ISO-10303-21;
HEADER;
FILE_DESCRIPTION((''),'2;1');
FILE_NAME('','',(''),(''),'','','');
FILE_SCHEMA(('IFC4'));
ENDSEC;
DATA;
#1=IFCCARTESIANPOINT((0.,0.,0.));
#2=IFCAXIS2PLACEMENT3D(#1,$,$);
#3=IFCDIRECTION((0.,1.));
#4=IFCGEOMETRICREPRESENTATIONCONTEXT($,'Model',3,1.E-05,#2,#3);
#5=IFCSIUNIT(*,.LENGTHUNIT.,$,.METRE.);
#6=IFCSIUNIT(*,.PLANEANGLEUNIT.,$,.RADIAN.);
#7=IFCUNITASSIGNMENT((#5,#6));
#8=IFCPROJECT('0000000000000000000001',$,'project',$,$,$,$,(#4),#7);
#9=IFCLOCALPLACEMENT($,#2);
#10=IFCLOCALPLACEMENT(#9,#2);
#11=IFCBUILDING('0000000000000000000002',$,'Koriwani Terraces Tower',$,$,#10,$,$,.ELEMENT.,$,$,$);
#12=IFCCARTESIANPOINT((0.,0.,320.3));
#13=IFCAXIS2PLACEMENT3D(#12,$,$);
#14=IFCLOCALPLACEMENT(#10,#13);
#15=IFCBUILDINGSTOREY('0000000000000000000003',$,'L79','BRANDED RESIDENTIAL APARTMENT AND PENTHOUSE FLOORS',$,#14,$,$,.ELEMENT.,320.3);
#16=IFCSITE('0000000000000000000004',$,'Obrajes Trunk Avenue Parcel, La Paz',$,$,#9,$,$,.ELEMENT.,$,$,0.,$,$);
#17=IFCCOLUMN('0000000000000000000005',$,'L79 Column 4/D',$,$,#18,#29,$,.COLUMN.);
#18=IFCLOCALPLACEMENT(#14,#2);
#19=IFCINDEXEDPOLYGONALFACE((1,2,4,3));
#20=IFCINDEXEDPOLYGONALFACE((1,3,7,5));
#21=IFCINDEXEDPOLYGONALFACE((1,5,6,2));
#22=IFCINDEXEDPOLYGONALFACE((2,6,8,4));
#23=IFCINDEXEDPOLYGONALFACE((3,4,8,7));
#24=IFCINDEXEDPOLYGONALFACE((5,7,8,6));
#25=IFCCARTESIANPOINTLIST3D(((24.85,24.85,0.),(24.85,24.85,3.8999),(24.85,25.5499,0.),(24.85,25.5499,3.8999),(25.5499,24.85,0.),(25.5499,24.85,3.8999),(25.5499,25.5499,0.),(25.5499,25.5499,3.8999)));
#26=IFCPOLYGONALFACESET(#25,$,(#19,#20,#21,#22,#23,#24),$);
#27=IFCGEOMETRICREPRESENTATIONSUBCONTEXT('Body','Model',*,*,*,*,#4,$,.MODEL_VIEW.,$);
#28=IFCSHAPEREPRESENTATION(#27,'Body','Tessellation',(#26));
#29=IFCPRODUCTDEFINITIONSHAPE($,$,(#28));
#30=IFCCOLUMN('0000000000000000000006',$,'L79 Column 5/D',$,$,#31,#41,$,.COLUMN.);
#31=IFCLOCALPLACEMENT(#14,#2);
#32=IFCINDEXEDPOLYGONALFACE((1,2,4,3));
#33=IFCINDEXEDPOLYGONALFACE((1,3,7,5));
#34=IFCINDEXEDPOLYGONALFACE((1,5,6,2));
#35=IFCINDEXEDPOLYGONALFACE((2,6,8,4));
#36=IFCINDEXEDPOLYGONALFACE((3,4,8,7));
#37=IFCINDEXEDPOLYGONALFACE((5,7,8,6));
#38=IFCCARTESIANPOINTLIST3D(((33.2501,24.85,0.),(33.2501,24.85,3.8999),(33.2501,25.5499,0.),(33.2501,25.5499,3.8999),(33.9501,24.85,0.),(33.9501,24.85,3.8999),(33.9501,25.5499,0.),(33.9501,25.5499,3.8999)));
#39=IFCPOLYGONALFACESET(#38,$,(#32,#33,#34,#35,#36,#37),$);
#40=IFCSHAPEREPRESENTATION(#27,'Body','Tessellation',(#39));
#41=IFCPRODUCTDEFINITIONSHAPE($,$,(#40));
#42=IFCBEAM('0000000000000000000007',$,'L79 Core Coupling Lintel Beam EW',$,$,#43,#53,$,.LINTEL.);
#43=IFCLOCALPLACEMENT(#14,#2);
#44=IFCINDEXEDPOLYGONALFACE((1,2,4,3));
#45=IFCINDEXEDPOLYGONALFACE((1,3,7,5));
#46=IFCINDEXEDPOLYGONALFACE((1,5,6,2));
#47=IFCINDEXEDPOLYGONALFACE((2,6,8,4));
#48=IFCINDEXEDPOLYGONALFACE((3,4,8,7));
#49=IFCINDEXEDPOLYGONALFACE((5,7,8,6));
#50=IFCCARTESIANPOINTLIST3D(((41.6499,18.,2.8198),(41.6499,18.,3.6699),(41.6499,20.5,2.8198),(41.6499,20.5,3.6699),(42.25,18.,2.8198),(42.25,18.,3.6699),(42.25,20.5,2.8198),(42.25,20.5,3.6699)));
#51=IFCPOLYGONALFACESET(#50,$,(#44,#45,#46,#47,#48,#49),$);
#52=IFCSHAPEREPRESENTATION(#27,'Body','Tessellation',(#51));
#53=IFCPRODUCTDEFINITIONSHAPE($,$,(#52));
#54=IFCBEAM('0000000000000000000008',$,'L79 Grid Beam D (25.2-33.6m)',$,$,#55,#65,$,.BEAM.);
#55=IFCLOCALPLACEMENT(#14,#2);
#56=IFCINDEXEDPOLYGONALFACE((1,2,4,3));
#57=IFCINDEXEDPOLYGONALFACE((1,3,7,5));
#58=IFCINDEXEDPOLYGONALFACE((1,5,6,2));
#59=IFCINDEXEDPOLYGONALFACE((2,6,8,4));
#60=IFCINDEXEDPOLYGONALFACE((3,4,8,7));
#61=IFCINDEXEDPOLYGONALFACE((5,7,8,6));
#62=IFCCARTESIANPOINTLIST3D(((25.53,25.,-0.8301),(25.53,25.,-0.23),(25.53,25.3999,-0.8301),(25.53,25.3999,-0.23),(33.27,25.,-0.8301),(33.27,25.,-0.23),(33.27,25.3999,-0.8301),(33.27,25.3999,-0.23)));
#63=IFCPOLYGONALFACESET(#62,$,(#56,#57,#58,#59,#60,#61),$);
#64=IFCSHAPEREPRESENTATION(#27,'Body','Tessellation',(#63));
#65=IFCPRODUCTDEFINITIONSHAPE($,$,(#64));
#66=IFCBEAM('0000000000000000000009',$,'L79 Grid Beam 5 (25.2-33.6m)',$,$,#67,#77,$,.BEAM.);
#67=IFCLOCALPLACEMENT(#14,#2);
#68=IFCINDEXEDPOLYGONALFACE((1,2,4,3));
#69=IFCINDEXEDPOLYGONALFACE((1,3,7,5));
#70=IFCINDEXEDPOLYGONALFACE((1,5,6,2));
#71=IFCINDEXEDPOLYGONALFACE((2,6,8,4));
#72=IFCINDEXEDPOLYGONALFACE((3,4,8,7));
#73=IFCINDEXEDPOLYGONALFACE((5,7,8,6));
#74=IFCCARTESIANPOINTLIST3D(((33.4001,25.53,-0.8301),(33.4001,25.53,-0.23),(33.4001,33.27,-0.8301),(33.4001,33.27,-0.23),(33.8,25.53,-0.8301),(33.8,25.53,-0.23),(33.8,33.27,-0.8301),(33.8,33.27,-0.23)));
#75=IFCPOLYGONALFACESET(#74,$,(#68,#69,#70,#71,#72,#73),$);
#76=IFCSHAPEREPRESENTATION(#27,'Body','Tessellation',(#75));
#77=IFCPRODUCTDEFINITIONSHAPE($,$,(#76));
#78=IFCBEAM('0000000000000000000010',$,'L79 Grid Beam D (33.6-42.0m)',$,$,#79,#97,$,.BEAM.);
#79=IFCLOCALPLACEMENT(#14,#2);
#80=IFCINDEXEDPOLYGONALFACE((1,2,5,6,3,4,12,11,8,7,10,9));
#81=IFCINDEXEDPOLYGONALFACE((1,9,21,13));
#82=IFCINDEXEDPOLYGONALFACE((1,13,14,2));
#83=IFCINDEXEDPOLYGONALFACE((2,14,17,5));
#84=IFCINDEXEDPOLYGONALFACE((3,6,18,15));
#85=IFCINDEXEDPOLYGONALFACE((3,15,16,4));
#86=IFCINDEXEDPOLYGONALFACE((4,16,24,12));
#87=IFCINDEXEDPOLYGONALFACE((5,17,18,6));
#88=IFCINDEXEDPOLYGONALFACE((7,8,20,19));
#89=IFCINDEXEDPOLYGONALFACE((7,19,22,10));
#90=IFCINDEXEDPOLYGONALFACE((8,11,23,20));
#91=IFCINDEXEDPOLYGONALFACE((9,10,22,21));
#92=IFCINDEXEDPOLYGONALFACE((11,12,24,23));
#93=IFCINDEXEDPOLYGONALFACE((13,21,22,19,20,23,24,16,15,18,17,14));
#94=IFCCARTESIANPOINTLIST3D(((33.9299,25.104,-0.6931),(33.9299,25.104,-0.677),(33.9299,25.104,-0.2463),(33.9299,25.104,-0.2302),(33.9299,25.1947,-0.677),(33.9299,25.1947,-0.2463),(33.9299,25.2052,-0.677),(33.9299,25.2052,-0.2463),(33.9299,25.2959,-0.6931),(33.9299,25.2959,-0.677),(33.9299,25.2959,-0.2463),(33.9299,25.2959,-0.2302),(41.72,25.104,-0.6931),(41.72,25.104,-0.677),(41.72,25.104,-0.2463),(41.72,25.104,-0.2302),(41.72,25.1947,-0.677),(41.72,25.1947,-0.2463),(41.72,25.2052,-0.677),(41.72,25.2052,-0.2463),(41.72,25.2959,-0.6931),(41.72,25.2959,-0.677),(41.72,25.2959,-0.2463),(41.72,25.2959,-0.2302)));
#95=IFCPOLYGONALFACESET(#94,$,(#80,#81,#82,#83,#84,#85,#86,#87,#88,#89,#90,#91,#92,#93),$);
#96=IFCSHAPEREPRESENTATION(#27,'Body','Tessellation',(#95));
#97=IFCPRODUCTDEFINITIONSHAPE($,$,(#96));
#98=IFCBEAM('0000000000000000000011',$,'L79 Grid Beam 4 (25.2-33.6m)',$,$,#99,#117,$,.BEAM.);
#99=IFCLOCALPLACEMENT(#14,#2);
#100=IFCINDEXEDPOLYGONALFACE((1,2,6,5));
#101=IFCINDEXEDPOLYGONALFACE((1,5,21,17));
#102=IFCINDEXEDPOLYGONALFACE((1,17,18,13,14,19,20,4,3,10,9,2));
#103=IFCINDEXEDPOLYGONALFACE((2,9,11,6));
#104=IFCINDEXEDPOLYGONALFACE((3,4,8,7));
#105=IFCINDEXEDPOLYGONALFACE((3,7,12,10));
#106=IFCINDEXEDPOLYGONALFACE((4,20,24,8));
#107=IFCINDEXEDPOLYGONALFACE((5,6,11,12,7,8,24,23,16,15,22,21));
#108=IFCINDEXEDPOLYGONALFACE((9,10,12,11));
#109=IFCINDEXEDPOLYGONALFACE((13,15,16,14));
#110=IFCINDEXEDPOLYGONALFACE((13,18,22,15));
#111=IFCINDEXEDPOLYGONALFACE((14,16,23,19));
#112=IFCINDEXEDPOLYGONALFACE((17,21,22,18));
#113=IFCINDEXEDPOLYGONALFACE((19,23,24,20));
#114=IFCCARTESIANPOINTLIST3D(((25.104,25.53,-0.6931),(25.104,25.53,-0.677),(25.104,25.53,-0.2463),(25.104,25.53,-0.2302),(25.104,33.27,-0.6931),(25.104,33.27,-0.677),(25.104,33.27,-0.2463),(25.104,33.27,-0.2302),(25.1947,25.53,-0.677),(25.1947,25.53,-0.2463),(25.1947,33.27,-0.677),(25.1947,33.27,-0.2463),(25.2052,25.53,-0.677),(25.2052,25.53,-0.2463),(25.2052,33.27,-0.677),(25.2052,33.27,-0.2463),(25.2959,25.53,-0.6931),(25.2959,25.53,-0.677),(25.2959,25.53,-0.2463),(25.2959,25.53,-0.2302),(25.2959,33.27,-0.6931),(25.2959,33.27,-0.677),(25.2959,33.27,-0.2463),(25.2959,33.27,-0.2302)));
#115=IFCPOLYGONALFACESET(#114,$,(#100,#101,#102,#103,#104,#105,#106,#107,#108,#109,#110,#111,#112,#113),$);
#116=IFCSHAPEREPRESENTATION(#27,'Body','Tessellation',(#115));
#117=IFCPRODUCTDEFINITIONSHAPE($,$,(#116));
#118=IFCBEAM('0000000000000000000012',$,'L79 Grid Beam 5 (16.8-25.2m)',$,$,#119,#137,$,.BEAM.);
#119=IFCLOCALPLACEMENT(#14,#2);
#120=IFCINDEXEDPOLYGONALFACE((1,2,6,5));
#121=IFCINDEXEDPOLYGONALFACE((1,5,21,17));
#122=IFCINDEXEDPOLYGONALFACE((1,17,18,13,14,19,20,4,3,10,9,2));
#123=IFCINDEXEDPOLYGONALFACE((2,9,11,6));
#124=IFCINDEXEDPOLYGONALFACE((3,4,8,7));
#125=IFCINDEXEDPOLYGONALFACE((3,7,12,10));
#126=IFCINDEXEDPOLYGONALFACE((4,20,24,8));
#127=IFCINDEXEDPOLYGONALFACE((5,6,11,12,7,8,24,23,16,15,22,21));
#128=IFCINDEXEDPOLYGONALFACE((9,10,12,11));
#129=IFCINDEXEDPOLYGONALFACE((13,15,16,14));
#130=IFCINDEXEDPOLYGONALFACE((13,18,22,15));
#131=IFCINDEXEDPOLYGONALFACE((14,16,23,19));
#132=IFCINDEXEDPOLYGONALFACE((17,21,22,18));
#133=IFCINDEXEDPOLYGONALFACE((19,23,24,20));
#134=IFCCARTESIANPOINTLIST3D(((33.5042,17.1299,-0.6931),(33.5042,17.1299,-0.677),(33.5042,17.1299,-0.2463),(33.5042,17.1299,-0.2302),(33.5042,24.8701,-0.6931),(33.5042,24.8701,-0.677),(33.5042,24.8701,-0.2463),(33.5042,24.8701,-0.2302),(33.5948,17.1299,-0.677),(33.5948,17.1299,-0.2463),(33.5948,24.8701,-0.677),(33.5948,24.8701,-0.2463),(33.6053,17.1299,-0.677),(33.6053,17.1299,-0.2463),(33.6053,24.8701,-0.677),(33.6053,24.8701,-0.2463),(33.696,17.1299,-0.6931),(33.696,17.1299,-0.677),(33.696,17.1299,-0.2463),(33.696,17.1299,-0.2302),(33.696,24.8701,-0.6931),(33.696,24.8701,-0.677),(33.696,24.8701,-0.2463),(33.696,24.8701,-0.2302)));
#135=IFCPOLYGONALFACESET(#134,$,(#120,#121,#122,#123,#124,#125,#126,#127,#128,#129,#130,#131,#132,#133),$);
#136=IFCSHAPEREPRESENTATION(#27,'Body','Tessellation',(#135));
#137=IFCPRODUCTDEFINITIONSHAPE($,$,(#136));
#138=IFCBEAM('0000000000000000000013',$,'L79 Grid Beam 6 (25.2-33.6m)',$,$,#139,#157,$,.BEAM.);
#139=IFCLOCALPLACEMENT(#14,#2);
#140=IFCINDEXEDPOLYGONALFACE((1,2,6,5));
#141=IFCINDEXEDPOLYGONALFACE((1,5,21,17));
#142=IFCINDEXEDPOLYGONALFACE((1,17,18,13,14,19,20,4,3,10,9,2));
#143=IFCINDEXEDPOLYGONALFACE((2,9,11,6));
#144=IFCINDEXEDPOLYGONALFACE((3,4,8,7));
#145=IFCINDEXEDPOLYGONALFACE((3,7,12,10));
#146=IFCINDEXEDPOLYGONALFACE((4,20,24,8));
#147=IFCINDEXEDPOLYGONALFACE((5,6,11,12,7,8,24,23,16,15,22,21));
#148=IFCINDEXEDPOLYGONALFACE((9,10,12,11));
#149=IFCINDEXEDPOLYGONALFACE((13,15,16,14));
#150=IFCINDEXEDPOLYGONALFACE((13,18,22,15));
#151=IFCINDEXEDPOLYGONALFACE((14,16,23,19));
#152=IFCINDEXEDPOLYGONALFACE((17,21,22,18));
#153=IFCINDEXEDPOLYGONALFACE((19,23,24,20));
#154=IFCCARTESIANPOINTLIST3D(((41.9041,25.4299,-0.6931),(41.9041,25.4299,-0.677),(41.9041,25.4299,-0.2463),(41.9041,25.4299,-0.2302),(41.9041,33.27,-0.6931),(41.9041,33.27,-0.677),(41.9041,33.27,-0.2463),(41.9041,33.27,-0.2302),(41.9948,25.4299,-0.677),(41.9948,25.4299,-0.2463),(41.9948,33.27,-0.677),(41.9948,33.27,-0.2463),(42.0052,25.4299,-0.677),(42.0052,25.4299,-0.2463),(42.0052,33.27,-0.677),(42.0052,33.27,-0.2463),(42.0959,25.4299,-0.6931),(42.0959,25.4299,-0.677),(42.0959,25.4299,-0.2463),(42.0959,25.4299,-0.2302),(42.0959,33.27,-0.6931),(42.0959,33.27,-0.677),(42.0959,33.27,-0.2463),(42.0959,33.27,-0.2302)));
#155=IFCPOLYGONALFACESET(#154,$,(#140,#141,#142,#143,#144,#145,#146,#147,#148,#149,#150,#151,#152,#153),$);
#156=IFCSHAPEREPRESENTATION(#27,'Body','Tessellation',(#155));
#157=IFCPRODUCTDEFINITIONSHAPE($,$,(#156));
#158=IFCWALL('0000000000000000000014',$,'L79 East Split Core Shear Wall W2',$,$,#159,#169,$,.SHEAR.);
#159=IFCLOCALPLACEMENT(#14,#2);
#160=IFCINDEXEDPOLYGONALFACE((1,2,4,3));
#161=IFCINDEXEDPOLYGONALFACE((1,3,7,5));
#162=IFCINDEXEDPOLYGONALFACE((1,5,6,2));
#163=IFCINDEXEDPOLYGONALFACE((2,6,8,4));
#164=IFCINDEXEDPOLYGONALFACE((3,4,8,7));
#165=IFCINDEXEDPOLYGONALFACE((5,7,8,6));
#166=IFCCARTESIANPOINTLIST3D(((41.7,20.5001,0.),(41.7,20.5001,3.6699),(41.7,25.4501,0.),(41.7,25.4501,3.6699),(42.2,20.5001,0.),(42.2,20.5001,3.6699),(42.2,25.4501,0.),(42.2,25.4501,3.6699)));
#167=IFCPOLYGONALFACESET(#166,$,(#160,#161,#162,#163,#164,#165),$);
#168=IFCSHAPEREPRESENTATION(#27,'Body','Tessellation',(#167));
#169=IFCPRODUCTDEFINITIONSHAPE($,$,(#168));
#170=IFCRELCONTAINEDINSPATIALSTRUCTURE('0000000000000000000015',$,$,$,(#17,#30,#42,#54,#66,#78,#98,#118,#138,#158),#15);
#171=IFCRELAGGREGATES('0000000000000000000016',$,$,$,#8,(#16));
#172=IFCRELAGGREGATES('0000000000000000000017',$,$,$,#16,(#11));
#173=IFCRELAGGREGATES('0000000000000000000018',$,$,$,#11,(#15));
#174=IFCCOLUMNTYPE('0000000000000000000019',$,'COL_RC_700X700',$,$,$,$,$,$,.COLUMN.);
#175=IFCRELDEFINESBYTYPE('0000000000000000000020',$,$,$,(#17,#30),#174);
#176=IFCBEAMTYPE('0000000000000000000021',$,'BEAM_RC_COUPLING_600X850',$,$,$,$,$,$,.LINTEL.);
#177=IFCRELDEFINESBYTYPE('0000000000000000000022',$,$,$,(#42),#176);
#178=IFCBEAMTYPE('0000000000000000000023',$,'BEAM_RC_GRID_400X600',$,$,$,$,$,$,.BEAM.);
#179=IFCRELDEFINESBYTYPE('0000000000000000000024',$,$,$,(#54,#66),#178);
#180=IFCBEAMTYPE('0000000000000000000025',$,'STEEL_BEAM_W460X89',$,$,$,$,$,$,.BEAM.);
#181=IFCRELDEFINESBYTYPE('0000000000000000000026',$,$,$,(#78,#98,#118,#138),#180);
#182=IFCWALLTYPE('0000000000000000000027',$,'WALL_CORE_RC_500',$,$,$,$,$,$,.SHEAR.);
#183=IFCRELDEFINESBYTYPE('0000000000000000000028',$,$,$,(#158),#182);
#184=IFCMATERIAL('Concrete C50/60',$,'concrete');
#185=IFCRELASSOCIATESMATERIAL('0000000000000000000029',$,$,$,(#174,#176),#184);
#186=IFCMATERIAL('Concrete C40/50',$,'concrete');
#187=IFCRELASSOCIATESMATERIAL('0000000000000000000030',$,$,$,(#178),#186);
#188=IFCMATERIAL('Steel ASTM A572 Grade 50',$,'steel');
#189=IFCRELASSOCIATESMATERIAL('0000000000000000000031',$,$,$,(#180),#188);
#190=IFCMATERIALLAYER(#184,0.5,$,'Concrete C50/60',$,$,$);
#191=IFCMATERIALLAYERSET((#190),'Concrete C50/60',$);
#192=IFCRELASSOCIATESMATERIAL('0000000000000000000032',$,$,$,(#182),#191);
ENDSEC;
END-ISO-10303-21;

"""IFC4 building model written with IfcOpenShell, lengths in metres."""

from ifc_helpers import new_model, si_unit, direction, frame, frame_2d, origin, origin_2d, place, context, subcontext, project, spatial, rectangle, i_section, extrude, material, layer, layer_set, material_profile, profile_set, type_object, element, save


model = new_model("IFC4")

# Units and contexts
model_context = context("Model", 3, precision=1e-05, world=origin(), true_north=direction((0.0, 1.0)))
body_context = subcontext(model_context, "Body", "Model", "MODEL_VIEW")
ifc_project = project(units=[si_unit("LENGTHUNIT", "METRE"), si_unit("PLANEANGLEUNIT", "RADIAN")], contexts=[model_context])

# Site, building, storey
site_placement = place(None, origin())
site = spatial("IfcSite", under=ifc_project, at=site_placement, Name="Obrajes Trunk Avenue Parcel, La Paz", CompositionType="ELEMENT", RefElevation=0.0)
building_placement = place(site_placement, origin())
building = spatial("IfcBuilding", under=site, at=building_placement, Name="Koriwani Terraces Tower", CompositionType="ELEMENT")
storey_placement = place(building_placement, frame((0.0, 0.0, 320.3)))
storey = spatial("IfcBuildingStorey", under=building, at=storey_placement, Name="L79", Description="BRANDED RESIDENTIAL APARTMENT AND PENTHOUSE FLOORS", CompositionType="ELEMENT", Elevation=320.3)

# Columns
ifc_material_1 = material(Name="Concrete C50/60", Category="concrete")
ifc_material_profile_1 = material_profile(ifc_material_1, rectangle(XDim=0.7, YDim=0.7, at=origin_2d()), Name="Concrete C50/60", Category="LoadBearing")
ifc_profile_set_1 = profile_set([ifc_material_profile_1], Name="Concrete C50/60")
column_type = type_object("IfcColumnType", Name="COL_RC_700X700", PredefinedType="COLUMN", material=ifc_profile_set_1)
for number, where, z_axis, x_axis, name in (
    (1, (25.2, 25.2, 0.0), (0.0, 0.0, 1.0), (1.0, 0.0, 0.0), "L79 Column 4/D"),
    (2, (33.6001, 25.2, 0.0), (0.0, 0.0, 1.0), (1.0, 0.0, 0.0), "L79 Column 5/D"),
):
    element("IfcColumn", number, at=place(storey_placement, frame(where, z_axis=z_axis, x_axis=x_axis)), inside=storey, type_object=column_type, Name=name, PredefinedType="COLUMN", context=body_context, shape_type="SweptSolid", body=[
        extrude(rectangle(XDim=0.7, YDim=0.7, at=origin_2d()), origin(), (0.0, 0.0, 1.0), 3.8999),
    ])

# Beams
ifc_material_profile_2 = material_profile(ifc_material_1, rectangle(XDim=0.6001, YDim=0.8501, at=origin_2d()), Name="Concrete C50/60", Category="LoadBearing")
ifc_profile_set_2 = profile_set([ifc_material_profile_2], Name="Concrete C50/60")
beam_type_1 = type_object("IfcBeamType", Name="BEAM_RC_COUPLING_600X850", PredefinedType="LINTEL", material=ifc_profile_set_2)
beam_1_placement = place(storey_placement, frame((41.95, 18.0, 3.2449), z_axis=(0.0, 1.0, 0.0), x_axis=(-1.0, 0.0, 0.0)))
element("IfcBeam", 3, at=beam_1_placement, inside=storey, type_object=beam_type_1, Name="L79 Core Coupling Lintel Beam EW", PredefinedType="LINTEL", context=body_context, shape_type="SweptSolid", body=[
    extrude(rectangle(XDim=0.6001, YDim=0.8501, at=origin_2d()), origin(), (0.0, 0.0, 1.0), 2.5),
])
ifc_material_2 = material(Name="Concrete C40/50", Category="concrete")
ifc_material_profile_3 = material_profile(ifc_material_2, rectangle(XDim=0.3999, YDim=0.6001, at=origin_2d()), Name="Concrete C40/50", Category="LoadBearing")
ifc_profile_set_3 = profile_set([ifc_material_profile_3], Name="Concrete C40/50")
beam_type_2 = type_object("IfcBeamType", Name="BEAM_RC_GRID_400X600", PredefinedType="BEAM", material=ifc_profile_set_3)
for number, where, z_axis, x_axis, name in (
    (4, (25.53, 25.2, -0.53), (1.0, 0.0, 0.0), (0.0, 1.0, 0.0), "L79 Grid Beam D (25.2-33.6m)"),
    (5, (33.6001, 25.53, -0.53), (0.0, 1.0, 0.0), (-1.0, 0.0, 0.0), "L79 Grid Beam 5 (25.2-33.6m)"),
):
    element("IfcBeam", number, at=place(storey_placement, frame(where, z_axis=z_axis, x_axis=x_axis)), inside=storey, type_object=beam_type_2, Name=name, PredefinedType="BEAM", context=body_context, shape_type="SweptSolid", body=[
        extrude(rectangle(XDim=0.3999, YDim=0.6001, at=origin_2d()), origin(), (0.0, 0.0, 1.0), 7.74),
    ])
ifc_material_3 = material(Name="Steel ASTM A572 Grade 50", Category="steel")
ifc_material_profile_4 = material_profile(ifc_material_3, i_section(OverallWidth=0.1919, OverallDepth=0.4629, WebThickness=0.0105, FlangeThickness=0.0161, at=origin_2d()), Name="Steel ASTM A572 Grade 50", Category="LoadBearing")
ifc_profile_set_4 = profile_set([ifc_material_profile_4], Name="Steel ASTM A572 Grade 50")
beam_type_3 = type_object("IfcBeamType", Name="STEEL_BEAM_W460X89", PredefinedType="BEAM", material=ifc_profile_set_4)
beam_2_placement = place(storey_placement, frame((33.9299, 25.2, -0.4617), z_axis=(1.0, 0.0, 0.0), x_axis=(0.0, 1.0, 0.0)))
element("IfcBeam", 6, at=beam_2_placement, inside=storey, type_object=beam_type_3, Name="L79 Grid Beam D (33.6-42.0m)", PredefinedType="BEAM", context=body_context, shape_type="SweptSolid", body=[
    extrude(i_section(OverallWidth=0.1919, OverallDepth=0.4629, WebThickness=0.0105, FlangeThickness=0.0161, at=origin_2d()), origin(), (0.0, 0.0, 1.0), 7.79),
])
beam_3_placement = place(storey_placement, frame((25.2, 25.53, -0.4617), z_axis=(0.0, 1.0, 0.0), x_axis=(-1.0, 0.0, 0.0)))
element("IfcBeam", 7, at=beam_3_placement, inside=storey, type_object=beam_type_3, Name="L79 Grid Beam 4 (25.2-33.6m)", PredefinedType="BEAM", context=body_context, shape_type="SweptSolid", body=[
    extrude(i_section(OverallWidth=0.1919, OverallDepth=0.4629, WebThickness=0.0105, FlangeThickness=0.0161, at=origin_2d()), origin(), (0.0, 0.0, 1.0), 7.74),
])
beam_4_placement = place(storey_placement, frame((33.6001, 17.1299, -0.4617), z_axis=(0.0, 1.0, 0.0), x_axis=(-1.0, 0.0, 0.0)))
element("IfcBeam", 8, at=beam_4_placement, inside=storey, type_object=beam_type_3, Name="L79 Grid Beam 5 (16.8-25.2m)", PredefinedType="BEAM", context=body_context, shape_type="SweptSolid", body=[
    extrude(i_section(OverallWidth=0.1919, OverallDepth=0.4629, WebThickness=0.0105, FlangeThickness=0.0161, at=origin_2d()), origin(), (0.0, 0.0, 1.0), 7.7402),
])
beam_5_placement = place(storey_placement, frame((42.0, 25.4299, -0.4617), z_axis=(0.0, 1.0, 0.0), x_axis=(-1.0, 0.0, 0.0)))
element("IfcBeam", 9, at=beam_5_placement, inside=storey, type_object=beam_type_3, Name="L79 Grid Beam 6 (25.2-33.6m)", PredefinedType="BEAM", context=body_context, shape_type="SweptSolid", body=[
    extrude(i_section(OverallWidth=0.1919, OverallDepth=0.4629, WebThickness=0.0105, FlangeThickness=0.0161, at=origin_2d()), origin(), (0.0, 0.0, 1.0), 7.8401),
])

# Wall
ifc_layer_1 = layer(ifc_material_1, 0.5, Name="Concrete C50/60")
ifc_layer_set_1 = layer_set([ifc_layer_1], Name="Concrete C50/60")
wall_type_1 = type_object("IfcWallType", Name="WALL_CORE_RC_500", PredefinedType="SHEAR", material=ifc_layer_set_1)
wall_1_placement = place(storey_placement, frame((41.95, 20.5, 0.0), z_axis=(0.0, 0.0, 1.0), x_axis=(0.0, 1.0, 0.0)))
element("IfcWall", 10, at=wall_1_placement, inside=storey, type_object=wall_type_1, Name="L79 East Split Core Shear Wall W2", PredefinedType="SHEAR", context=body_context, shape_type="SweptSolid", body=[
    extrude(rectangle(XDim=4.95, YDim=0.5, at=frame_2d((2.4751, 0.0))), origin(), (0.0, 0.0, 1.0), 3.6699),
])

save(model, "model.ifc")
